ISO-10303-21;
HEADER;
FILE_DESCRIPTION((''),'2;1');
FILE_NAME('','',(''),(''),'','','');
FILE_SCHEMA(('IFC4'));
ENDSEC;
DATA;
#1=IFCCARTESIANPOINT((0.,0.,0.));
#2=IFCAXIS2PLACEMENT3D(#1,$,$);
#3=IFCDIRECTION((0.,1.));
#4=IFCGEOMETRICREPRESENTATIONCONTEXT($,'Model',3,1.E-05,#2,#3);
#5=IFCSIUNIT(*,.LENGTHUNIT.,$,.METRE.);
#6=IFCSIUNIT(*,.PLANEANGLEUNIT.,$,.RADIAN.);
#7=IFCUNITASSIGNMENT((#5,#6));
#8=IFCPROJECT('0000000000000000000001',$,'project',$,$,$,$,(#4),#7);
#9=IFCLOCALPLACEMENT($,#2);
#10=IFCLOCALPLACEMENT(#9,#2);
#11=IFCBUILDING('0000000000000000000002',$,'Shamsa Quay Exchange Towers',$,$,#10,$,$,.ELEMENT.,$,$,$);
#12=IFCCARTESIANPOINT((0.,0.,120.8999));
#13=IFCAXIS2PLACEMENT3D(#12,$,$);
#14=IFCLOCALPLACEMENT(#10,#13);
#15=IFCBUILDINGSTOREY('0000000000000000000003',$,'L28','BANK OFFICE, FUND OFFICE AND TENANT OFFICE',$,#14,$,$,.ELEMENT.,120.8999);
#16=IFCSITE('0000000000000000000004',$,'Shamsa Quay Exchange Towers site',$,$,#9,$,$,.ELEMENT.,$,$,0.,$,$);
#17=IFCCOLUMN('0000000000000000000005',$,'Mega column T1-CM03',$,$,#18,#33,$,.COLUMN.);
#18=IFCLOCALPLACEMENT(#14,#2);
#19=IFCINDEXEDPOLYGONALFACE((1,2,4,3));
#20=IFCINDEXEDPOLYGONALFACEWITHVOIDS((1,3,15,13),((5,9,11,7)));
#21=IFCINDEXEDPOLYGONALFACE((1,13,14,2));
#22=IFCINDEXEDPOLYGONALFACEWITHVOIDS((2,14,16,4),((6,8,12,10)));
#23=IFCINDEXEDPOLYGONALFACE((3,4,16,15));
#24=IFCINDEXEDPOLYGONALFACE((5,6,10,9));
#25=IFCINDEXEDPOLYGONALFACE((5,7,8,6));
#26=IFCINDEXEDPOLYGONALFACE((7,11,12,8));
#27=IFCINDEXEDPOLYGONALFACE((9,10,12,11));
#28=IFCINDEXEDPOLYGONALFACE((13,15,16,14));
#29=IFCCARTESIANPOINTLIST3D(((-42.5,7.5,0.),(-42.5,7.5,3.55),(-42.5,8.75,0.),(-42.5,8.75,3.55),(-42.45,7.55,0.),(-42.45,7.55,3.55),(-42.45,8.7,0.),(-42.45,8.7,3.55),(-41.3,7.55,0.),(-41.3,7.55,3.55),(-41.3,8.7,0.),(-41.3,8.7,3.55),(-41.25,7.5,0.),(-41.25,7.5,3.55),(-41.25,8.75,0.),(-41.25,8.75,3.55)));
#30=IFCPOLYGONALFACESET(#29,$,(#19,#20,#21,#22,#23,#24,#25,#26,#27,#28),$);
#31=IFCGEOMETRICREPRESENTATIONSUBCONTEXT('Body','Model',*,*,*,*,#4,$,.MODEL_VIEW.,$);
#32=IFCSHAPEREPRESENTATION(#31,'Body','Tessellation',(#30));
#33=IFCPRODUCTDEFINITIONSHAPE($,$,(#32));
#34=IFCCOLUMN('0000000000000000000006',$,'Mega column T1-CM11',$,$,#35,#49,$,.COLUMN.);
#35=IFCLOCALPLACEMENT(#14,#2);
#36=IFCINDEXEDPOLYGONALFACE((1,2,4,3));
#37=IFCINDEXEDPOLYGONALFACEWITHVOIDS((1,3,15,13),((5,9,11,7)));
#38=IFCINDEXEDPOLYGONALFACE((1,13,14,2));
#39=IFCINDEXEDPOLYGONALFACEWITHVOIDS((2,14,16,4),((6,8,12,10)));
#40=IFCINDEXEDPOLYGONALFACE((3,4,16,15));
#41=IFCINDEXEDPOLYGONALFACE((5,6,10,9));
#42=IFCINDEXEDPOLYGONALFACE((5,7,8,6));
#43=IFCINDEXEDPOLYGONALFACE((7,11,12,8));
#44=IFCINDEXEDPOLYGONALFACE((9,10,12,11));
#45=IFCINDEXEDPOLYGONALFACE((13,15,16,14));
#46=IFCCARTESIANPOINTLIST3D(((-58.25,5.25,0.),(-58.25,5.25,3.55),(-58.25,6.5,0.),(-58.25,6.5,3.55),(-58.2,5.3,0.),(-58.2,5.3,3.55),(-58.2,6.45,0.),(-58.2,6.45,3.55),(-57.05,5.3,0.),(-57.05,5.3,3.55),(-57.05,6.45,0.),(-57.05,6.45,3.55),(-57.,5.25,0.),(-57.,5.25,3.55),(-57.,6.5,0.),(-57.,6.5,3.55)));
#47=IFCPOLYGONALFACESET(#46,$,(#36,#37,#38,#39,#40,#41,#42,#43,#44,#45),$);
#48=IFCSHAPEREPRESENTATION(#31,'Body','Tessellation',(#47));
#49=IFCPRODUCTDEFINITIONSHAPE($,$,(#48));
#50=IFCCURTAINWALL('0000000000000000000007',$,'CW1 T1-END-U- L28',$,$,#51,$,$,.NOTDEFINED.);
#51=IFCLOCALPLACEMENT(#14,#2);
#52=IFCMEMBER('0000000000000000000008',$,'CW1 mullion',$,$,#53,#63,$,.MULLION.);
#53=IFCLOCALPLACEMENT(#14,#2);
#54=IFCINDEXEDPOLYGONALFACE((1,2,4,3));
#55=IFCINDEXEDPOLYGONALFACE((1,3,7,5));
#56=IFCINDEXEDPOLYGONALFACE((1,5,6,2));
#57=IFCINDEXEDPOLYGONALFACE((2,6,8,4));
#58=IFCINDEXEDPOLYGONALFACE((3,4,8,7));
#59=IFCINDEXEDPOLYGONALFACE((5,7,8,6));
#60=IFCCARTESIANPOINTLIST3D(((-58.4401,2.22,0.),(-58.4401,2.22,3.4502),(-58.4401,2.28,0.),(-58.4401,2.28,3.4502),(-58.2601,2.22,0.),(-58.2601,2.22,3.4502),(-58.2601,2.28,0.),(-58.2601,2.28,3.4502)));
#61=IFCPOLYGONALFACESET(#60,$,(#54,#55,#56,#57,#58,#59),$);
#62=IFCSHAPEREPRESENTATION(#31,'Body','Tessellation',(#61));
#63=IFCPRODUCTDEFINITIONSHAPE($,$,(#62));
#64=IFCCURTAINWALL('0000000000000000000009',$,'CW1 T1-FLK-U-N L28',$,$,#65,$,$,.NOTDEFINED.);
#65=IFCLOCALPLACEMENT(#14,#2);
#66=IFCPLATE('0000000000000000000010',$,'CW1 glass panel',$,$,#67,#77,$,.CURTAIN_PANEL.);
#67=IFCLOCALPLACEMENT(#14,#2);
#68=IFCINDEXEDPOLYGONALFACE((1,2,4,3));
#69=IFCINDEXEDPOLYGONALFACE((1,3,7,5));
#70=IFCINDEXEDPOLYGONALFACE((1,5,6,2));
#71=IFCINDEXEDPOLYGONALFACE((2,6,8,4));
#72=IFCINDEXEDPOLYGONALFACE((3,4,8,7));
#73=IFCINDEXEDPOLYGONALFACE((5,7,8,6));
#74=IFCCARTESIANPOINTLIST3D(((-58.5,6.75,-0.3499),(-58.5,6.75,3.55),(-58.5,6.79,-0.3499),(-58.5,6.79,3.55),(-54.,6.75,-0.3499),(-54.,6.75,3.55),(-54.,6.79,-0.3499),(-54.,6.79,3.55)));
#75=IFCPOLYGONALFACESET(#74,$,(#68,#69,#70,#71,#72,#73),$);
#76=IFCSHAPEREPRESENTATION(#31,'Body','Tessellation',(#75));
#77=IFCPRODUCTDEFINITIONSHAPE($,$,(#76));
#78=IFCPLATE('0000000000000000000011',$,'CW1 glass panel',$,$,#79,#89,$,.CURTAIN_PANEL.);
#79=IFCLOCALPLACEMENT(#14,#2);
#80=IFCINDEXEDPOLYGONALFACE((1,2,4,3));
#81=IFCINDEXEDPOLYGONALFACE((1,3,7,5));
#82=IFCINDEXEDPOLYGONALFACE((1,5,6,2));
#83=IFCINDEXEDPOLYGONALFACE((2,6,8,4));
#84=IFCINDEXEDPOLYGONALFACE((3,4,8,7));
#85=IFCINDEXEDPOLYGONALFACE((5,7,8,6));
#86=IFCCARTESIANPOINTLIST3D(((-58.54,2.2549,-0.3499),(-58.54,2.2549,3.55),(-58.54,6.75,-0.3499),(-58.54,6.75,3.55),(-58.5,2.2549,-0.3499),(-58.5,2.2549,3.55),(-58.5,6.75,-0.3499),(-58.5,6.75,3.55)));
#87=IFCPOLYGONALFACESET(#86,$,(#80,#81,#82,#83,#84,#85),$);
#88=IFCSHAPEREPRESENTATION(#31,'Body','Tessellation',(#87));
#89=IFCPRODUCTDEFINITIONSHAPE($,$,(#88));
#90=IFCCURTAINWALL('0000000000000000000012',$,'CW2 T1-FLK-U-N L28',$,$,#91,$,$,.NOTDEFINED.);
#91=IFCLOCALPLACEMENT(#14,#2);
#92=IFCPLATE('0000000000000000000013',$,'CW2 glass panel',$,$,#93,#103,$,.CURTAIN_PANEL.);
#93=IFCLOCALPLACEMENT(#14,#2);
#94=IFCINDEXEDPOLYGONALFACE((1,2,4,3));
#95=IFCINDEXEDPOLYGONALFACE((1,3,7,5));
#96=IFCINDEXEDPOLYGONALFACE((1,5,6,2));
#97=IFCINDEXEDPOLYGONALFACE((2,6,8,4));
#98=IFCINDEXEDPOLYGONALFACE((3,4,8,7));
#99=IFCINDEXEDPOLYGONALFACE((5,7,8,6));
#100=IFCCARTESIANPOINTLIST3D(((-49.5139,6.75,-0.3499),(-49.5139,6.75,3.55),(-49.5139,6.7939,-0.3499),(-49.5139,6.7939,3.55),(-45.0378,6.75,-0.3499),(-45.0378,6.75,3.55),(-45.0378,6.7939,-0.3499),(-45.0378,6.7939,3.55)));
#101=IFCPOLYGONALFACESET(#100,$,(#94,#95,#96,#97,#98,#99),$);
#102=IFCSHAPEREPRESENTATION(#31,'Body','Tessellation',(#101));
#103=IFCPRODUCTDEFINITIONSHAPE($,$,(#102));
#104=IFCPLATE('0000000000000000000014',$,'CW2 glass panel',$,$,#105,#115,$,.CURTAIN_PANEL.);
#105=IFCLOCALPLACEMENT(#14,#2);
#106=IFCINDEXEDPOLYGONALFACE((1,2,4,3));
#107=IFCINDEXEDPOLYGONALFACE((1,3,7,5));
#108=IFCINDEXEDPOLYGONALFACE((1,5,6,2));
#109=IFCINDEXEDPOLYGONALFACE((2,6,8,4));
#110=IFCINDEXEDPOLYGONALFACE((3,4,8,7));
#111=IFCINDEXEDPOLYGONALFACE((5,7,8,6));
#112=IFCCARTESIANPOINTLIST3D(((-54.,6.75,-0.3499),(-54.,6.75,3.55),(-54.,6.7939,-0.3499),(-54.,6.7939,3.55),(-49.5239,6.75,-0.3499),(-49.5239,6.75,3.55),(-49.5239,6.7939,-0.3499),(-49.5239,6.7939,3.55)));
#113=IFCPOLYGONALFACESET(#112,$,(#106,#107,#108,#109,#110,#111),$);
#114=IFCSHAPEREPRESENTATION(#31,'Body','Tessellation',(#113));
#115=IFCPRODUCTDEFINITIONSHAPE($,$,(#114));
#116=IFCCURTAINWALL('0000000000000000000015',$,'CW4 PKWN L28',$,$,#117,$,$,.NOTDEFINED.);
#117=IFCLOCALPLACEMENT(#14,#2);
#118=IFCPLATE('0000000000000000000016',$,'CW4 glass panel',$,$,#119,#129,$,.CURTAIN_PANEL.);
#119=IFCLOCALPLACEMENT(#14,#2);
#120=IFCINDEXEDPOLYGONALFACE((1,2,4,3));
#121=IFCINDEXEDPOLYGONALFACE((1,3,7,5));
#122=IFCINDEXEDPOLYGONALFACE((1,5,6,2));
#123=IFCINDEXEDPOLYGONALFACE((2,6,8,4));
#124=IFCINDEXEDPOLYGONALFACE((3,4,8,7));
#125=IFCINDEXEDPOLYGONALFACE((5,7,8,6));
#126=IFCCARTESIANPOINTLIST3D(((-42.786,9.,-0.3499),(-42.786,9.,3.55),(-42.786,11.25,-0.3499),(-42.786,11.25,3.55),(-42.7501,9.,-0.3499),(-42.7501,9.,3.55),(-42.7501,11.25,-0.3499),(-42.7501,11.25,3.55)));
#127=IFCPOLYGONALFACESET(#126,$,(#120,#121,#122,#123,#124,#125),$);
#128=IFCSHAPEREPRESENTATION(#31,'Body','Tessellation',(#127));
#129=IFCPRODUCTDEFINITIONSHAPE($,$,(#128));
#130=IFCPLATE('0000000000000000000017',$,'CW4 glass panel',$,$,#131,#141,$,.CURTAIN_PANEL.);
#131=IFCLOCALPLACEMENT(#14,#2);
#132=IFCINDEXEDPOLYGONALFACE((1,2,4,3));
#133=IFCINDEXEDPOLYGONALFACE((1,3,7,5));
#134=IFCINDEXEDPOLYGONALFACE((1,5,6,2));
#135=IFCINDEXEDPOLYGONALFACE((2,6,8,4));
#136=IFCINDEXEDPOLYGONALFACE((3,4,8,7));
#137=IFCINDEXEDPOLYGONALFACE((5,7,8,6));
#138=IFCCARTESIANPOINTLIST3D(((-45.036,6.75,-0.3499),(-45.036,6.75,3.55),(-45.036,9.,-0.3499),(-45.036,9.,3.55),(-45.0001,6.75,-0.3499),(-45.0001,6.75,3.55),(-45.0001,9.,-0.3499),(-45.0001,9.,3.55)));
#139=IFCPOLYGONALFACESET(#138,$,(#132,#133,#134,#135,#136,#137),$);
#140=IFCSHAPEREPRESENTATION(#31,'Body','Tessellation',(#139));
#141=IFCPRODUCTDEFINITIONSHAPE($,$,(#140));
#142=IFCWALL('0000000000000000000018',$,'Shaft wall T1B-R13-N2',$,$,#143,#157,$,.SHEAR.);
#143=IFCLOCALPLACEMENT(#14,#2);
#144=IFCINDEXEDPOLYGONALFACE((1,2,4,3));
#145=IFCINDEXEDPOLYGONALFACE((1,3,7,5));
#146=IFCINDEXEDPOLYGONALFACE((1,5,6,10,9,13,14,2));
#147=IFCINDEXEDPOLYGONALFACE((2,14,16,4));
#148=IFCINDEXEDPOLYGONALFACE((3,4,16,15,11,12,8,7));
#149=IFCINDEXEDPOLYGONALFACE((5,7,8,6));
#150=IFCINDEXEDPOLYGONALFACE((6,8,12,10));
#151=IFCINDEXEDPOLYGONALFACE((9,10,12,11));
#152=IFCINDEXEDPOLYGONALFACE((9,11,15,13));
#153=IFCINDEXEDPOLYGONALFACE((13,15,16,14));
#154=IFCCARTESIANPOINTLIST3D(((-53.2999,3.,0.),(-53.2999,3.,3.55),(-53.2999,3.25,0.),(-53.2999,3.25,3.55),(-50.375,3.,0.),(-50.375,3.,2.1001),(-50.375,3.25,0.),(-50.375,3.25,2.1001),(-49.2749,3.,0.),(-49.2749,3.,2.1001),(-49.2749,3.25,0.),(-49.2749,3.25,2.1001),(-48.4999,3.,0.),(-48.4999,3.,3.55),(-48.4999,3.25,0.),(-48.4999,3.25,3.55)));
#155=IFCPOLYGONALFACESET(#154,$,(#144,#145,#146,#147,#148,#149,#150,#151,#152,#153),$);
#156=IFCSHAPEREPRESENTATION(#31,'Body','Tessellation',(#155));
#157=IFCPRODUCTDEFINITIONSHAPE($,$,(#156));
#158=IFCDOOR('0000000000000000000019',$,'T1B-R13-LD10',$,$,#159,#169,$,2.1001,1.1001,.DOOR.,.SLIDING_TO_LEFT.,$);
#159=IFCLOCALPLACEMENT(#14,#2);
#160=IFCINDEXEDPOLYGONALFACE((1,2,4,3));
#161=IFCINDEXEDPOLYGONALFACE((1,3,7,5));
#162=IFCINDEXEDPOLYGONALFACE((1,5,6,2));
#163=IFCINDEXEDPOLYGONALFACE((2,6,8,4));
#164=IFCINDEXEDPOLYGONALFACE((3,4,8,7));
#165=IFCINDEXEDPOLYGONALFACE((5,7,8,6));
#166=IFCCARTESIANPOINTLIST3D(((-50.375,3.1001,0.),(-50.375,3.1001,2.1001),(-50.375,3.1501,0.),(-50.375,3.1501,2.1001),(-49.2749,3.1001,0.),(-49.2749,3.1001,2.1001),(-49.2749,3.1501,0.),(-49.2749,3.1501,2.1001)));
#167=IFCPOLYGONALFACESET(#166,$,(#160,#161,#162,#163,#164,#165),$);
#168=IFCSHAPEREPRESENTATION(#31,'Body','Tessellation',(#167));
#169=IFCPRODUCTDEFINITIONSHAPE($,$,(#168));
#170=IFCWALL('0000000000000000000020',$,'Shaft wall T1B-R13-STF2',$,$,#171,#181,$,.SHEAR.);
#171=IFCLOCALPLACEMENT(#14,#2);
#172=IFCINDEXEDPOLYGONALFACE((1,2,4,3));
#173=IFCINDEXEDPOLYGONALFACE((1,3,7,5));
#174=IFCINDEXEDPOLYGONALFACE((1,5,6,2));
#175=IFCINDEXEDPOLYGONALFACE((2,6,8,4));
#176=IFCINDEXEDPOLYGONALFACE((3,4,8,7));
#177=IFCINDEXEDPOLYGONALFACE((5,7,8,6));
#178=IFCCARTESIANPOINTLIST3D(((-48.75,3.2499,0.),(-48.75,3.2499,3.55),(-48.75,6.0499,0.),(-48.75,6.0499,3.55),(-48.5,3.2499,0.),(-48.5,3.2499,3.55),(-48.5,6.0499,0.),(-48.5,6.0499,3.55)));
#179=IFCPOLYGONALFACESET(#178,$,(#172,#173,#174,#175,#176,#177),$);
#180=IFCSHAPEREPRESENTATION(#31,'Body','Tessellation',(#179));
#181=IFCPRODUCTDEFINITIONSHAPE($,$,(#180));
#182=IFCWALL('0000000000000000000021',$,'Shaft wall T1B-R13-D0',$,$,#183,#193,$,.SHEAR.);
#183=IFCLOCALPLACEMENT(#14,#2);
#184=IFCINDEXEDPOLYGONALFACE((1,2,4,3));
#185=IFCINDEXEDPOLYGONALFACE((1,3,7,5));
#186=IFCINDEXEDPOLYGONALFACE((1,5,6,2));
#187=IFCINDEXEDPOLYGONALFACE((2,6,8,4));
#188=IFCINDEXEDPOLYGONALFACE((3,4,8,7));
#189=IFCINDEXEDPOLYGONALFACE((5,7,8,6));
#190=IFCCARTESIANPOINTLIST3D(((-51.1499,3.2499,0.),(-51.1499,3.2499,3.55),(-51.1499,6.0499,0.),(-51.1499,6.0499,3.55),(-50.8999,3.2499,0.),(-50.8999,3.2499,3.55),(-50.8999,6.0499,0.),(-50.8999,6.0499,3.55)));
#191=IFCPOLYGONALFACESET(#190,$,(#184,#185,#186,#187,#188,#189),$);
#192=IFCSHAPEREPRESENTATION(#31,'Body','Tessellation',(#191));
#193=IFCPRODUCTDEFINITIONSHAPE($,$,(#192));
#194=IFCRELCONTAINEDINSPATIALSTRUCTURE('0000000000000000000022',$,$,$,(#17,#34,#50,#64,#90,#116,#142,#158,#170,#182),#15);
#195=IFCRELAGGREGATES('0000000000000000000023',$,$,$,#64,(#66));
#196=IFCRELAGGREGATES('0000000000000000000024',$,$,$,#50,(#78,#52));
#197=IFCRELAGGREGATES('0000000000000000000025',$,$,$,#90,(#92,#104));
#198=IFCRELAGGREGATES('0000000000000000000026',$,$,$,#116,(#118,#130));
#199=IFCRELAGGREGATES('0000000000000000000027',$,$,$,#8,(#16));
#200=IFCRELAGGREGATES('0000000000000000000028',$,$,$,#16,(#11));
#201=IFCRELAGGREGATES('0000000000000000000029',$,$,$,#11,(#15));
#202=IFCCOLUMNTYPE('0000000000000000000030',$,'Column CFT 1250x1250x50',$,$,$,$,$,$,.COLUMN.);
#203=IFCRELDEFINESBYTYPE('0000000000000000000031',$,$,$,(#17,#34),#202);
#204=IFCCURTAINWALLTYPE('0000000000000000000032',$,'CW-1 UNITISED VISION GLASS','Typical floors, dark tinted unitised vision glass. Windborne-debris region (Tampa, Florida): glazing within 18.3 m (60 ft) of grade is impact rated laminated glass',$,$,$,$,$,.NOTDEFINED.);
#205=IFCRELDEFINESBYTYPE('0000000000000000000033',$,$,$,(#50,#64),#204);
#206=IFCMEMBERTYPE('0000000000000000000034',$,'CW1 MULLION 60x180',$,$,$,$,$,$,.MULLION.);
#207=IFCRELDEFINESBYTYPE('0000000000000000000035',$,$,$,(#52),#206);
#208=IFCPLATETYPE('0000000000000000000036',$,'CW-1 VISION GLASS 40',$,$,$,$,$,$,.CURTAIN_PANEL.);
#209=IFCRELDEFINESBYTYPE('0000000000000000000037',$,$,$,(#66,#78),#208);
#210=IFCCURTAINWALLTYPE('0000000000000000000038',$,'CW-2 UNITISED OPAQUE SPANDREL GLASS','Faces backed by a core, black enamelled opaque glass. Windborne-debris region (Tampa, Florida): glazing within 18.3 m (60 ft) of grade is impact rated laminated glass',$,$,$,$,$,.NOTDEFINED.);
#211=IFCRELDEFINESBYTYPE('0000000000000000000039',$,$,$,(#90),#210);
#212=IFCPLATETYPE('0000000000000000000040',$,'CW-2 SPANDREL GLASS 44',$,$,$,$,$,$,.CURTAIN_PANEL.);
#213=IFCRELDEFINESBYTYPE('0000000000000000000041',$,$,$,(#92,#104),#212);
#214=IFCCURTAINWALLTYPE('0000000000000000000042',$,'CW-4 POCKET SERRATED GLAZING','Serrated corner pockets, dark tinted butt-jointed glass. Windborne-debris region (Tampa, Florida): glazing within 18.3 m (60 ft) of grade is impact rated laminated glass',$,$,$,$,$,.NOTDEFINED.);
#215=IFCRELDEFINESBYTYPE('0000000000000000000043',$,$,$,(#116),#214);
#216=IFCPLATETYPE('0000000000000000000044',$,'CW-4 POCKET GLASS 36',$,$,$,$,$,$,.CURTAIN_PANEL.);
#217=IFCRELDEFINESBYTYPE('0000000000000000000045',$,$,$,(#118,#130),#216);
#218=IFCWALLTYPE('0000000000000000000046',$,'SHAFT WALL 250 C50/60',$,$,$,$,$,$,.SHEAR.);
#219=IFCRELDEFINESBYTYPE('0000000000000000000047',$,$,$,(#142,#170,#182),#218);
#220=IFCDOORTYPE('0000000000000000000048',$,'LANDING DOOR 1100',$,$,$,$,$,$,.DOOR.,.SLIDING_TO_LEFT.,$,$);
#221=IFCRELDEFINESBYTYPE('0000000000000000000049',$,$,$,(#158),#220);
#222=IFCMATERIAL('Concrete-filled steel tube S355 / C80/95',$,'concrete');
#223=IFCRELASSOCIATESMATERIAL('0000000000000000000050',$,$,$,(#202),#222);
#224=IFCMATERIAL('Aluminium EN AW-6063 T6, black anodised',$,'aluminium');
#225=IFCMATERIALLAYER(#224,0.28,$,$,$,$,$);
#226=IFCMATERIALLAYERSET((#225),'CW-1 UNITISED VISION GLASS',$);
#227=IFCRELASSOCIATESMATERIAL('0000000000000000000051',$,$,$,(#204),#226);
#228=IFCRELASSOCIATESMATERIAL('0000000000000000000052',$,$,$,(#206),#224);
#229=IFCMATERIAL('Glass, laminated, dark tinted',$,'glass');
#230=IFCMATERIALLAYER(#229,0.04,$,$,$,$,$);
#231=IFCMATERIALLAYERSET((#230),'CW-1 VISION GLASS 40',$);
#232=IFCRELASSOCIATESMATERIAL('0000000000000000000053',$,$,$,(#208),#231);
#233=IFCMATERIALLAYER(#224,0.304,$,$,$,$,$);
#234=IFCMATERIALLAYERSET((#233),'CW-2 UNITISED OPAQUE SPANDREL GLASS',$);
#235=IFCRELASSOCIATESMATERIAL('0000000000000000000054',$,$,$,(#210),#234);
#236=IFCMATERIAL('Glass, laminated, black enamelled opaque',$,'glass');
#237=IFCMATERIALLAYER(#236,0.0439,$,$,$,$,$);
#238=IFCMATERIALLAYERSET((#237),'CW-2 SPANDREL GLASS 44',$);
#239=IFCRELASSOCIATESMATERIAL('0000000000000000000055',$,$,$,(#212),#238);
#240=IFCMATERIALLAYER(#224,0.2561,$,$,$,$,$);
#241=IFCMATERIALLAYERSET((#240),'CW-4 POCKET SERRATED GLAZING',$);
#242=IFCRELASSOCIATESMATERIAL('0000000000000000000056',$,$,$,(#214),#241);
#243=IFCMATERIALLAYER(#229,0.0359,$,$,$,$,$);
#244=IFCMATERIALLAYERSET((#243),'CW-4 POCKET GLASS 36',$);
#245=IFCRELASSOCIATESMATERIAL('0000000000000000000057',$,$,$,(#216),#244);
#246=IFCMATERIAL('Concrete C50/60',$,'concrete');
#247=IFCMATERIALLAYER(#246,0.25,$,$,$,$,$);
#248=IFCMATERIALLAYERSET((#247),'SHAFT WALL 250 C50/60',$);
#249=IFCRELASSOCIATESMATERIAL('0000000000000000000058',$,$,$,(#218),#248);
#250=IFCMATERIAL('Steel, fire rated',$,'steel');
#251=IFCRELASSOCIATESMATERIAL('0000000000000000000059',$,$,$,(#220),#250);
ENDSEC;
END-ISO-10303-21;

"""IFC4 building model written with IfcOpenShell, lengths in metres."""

from ifc_helpers import new_model, si_unit, direction, frame, frame_2d, origin, origin_2d, place, context, subcontext, project, spatial, rectangle, hollow_rectangle, extrude, material, layer, layer_set, material_profile, profile_set, type_object, element, fill, aggregate, save


model = new_model("IFC4")

# Units and contexts
model_context = context("Model", 3, precision=1e-05, world=origin(), true_north=direction((0.0, 1.0)))
body_context = subcontext(model_context, "Body", "Model", "MODEL_VIEW")
ifc_project = project(units=[si_unit("LENGTHUNIT", "METRE"), si_unit("PLANEANGLEUNIT", "RADIAN")], contexts=[model_context])

# Site, building, storey
site_placement = place(None, origin())
site = spatial("IfcSite", under=ifc_project, at=site_placement, Name="Shamsa Quay Exchange Towers site", CompositionType="ELEMENT", RefElevation=0.0)
building_placement = place(site_placement, origin())
building = spatial("IfcBuilding", under=site, at=building_placement, Name="Shamsa Quay Exchange Towers", CompositionType="ELEMENT")
storey_placement = place(building_placement, frame((0.0, 0.0, 120.8999)))
storey = spatial("IfcBuildingStorey", under=building, at=storey_placement, Name="L28", Description="BANK OFFICE, FUND OFFICE AND TENANT OFFICE", CompositionType="ELEMENT", Elevation=120.8999)

# Columns
ifc_material_1 = material(Name="Concrete-filled steel tube S355 / C80/95", Category="concrete")
ifc_material_profile_1 = material_profile(ifc_material_1, hollow_rectangle(XDim=1.25, YDim=1.25, WallThickness=0.05, at=origin_2d()), Name="CFT 1250x1250x50")
ifc_profile_set_1 = profile_set([ifc_material_profile_1], Name="Concrete-filled steel tube S355 / C80/95")
column_type = type_object("IfcColumnType", Name="Column CFT 1250x1250x50", PredefinedType="COLUMN", material=ifc_profile_set_1)
for number, where, name in (
    (1, (-41.875, 8.125, 0.0), "Mega column T1-CM03"),
    (2, (-57.625, 5.875, 0.0), "Mega column T1-CM11"),
):
    element("IfcColumn", number, at=place(storey_placement, frame(where)), inside=storey, type_object=column_type, Name=name, PredefinedType="COLUMN", context=body_context, shape_type="SweptSolid", body=[
        extrude(hollow_rectangle(XDim=1.25, YDim=1.25, WallThickness=0.05, at=origin_2d()), origin(), (0.0, 0.0, 1.0), 3.55),
    ])

# Curtain wall, member
ifc_material_2 = material(Name="Aluminium EN AW-6063 T6, black anodised", Category="aluminium")
ifc_layer_1 = layer(ifc_material_2, 0.28)
ifc_layer_set_1 = layer_set([ifc_layer_1], Name="CW-1 UNITISED VISION GLASS")
curtain_wall_type_1 = type_object("IfcCurtainWallType", Name="CW-1 UNITISED VISION GLASS", Description="Typical floors, dark tinted unitised vision glass. Windborne-debris region (Tampa, Florida): glazing within 18.3 m (60 ft) of grade is impact rated laminated glass", PredefinedType="NOTDEFINED", material=ifc_layer_set_1)
curtain_wall_1_placement = place(storey_placement, origin())
curtain_wall_1 = element("IfcCurtainWall", 3, at=curtain_wall_1_placement, inside=storey, type_object=curtain_wall_type_1, Name="CW1 T1-END-U- L28", PredefinedType="NOTDEFINED")
ifc_material_profile_2 = material_profile(ifc_material_2, rectangle(XDim=0.1799, YDim=0.0601, at=origin_2d()), Name="MU60x180")
ifc_profile_set_2 = profile_set([ifc_material_profile_2], Name="Aluminium EN AW-6063 T6, black anodised")
member_type = type_object("IfcMemberType", Name="CW1 MULLION 60x180", PredefinedType="MULLION", material=ifc_profile_set_2)
member_placement = place(storey_placement, frame((-58.3501, 2.25, 0.0)))
member = element("IfcMember", 4, at=member_placement, type_object=member_type, Name="CW1 mullion", PredefinedType="MULLION", context=body_context, shape_type="SweptSolid", body=[
    extrude(rectangle(XDim=0.1799, YDim=0.0601, at=origin_2d()), origin(), (0.0, 0.0, 1.0), 3.4502),
])

# Curtain wall, plate
curtain_wall_2_placement = place(storey_placement, origin())
curtain_wall_2 = element("IfcCurtainWall", 5, at=curtain_wall_2_placement, inside=storey, type_object=curtain_wall_type_1, Name="CW1 T1-FLK-U-N L28", PredefinedType="NOTDEFINED")
ifc_material_3 = material(Name="Glass, laminated, dark tinted", Category="glass")
ifc_layer_2 = layer(ifc_material_3, 0.04)
ifc_layer_set_2 = layer_set([ifc_layer_2], Name="CW-1 VISION GLASS 40")
plate_type_1 = type_object("IfcPlateType", Name="CW-1 VISION GLASS 40", PredefinedType="CURTAIN_PANEL", material=ifc_layer_set_2)
plate_1_placement = place(storey_placement, frame((-56.25, 6.77, -0.3499), z_axis=(0.0, 0.0, 1.0), x_axis=(-1.0, 0.0, 0.0)))
plate_1 = element("IfcPlate", 6, at=plate_1_placement, type_object=plate_type_1, Name="CW1 glass panel", PredefinedType="CURTAIN_PANEL", context=body_context, shape_type="SweptSolid", body=[
    extrude(rectangle(XDim=4.5, YDim=0.04, at=origin_2d()), origin(), (0.0, 0.0, 1.0), 3.8999),
])
aggregate(curtain_wall_2, [plate_1])

# Plate
plate_2_placement = place(storey_placement, frame((-58.52, 4.5024, -0.3499), z_axis=(0.0, 0.0, 1.0), x_axis=(0.0, -1.0, 0.0)))
plate_2 = element("IfcPlate", 7, at=plate_2_placement, type_object=plate_type_1, Name="CW1 glass panel", PredefinedType="CURTAIN_PANEL", context=body_context, shape_type="SweptSolid", body=[
    extrude(rectangle(XDim=4.4951, YDim=0.04, at=origin_2d()), origin(), (0.0, 0.0, 1.0), 3.8999),
])
aggregate(curtain_wall_1, [plate_2, member])

# Curtain walls, plates
ifc_layer_3 = layer(ifc_material_2, 0.304)
ifc_layer_set_3 = layer_set([ifc_layer_3], Name="CW-2 UNITISED OPAQUE SPANDREL GLASS")
curtain_wall_type_2 = type_object("IfcCurtainWallType", Name="CW-2 UNITISED OPAQUE SPANDREL GLASS", Description="Faces backed by a core, black enamelled opaque glass. Windborne-debris region (Tampa, Florida): glazing within 18.3 m (60 ft) of grade is impact rated laminated glass", PredefinedType="NOTDEFINED", material=ifc_layer_set_3)
curtain_wall_3_placement = place(storey_placement, origin())
curtain_wall_3 = element("IfcCurtainWall", 8, at=curtain_wall_3_placement, inside=storey, type_object=curtain_wall_type_2, Name="CW2 T1-FLK-U-N L28", PredefinedType="NOTDEFINED")
ifc_material_4 = material(Name="Glass, laminated, black enamelled opaque", Category="glass")
ifc_layer_4 = layer(ifc_material_4, 0.0439)
ifc_layer_set_4 = layer_set([ifc_layer_4], Name="CW-2 SPANDREL GLASS 44")
plate_type_2 = type_object("IfcPlateType", Name="CW-2 SPANDREL GLASS 44", PredefinedType="CURTAIN_PANEL", material=ifc_layer_set_4)
plate_3_placement = place(storey_placement, frame((-47.2759, 6.772, -0.3499), z_axis=(0.0, 0.0, 1.0), x_axis=(-1.0, 0.0, 0.0)))
plate_3 = element("IfcPlate", 9, at=plate_3_placement, type_object=plate_type_2, Name="CW2 glass panel", PredefinedType="CURTAIN_PANEL", context=body_context, shape_type="SweptSolid", body=[
    extrude(rectangle(XDim=4.4761, YDim=0.0439, at=origin_2d()), origin(), (0.0, 0.0, 1.0), 3.8999),
])
plate_4_placement = place(storey_placement, frame((-51.762, 6.772, -0.3499), z_axis=(0.0, 0.0, 1.0), x_axis=(-1.0, 0.0, 0.0)))
plate_4 = element("IfcPlate", 10, at=plate_4_placement, type_object=plate_type_2, Name="CW2 glass panel", PredefinedType="CURTAIN_PANEL", context=body_context, shape_type="SweptSolid", body=[
    extrude(rectangle(XDim=4.4761, YDim=0.0439, at=origin_2d()), origin(), (0.0, 0.0, 1.0), 3.8999),
])
aggregate(curtain_wall_3, [plate_3, plate_4])
ifc_layer_5 = layer(ifc_material_2, 0.2561)
ifc_layer_set_5 = layer_set([ifc_layer_5], Name="CW-4 POCKET SERRATED GLAZING")
curtain_wall_type_3 = type_object("IfcCurtainWallType", Name="CW-4 POCKET SERRATED GLAZING", Description="Serrated corner pockets, dark tinted butt-jointed glass. Windborne-debris region (Tampa, Florida): glazing within 18.3 m (60 ft) of grade is impact rated laminated glass", PredefinedType="NOTDEFINED", material=ifc_layer_set_5)
curtain_wall_4_placement = place(storey_placement, origin())
curtain_wall_4 = element("IfcCurtainWall", 11, at=curtain_wall_4_placement, inside=storey, type_object=curtain_wall_type_3, Name="CW4 PKWN L28", PredefinedType="NOTDEFINED")
ifc_layer_6 = layer(ifc_material_3, 0.0359)
ifc_layer_set_6 = layer_set([ifc_layer_6], Name="CW-4 POCKET GLASS 36")
plate_type_3 = type_object("IfcPlateType", Name="CW-4 POCKET GLASS 36", PredefinedType="CURTAIN_PANEL", material=ifc_layer_set_6)
plate_5_placement = place(storey_placement, frame((-42.7681, 10.125, -0.3499), z_axis=(0.0, 0.0, 1.0), x_axis=(0.0, -1.0, 0.0)))
plate_5 = element("IfcPlate", 12, at=plate_5_placement, type_object=plate_type_3, Name="CW4 glass panel", PredefinedType="CURTAIN_PANEL", context=body_context, shape_type="SweptSolid", body=[
    extrude(rectangle(XDim=2.25, YDim=0.0359, at=origin_2d()), origin(), (0.0, 0.0, 1.0), 3.8999),
])
plate_6_placement = place(storey_placement, frame((-45.0181, 7.875, -0.3499), z_axis=(0.0, 0.0, 1.0), x_axis=(0.0, -1.0, 0.0)))
plate_6 = element("IfcPlate", 13, at=plate_6_placement, type_object=plate_type_3, Name="CW4 glass panel", PredefinedType="CURTAIN_PANEL", context=body_context, shape_type="SweptSolid", body=[
    extrude(rectangle(XDim=2.25, YDim=0.0359, at=origin_2d()), origin(), (0.0, 0.0, 1.0), 3.8999),
])
aggregate(curtain_wall_4, [plate_5, plate_6])

# Wall, opening, door
ifc_material_5 = material(Name="Concrete C50/60", Category="concrete")
ifc_layer_7 = layer(ifc_material_5, 0.25)
ifc_layer_set_7 = layer_set([ifc_layer_7], Name="SHAFT WALL 250 C50/60")
wall_type_1 = type_object("IfcWallType", Name="SHAFT WALL 250 C50/60", PredefinedType="SHEAR", material=ifc_layer_set_7)
wall_1_placement = place(storey_placement, frame((-48.5, 3.125, 0.0), z_axis=(0.0, 0.0, 1.0), x_axis=(-1.0, 0.0, 0.0)))
wall_1 = element("IfcWall", 14, at=wall_1_placement, inside=storey, type_object=wall_type_1, Name="Shaft wall T1B-R13-N2", PredefinedType="SHEAR", context=body_context, shape_type="SweptSolid", body=[
    extrude(rectangle(XDim=4.8, YDim=0.25, at=frame_2d((2.3999, 0.0))), origin(), (0.0, 0.0, 1.0), 3.55),
])
opening_1_placement = place(wall_1_placement, frame((0.7749, 0.0, 0.0)))
opening_1 = element("IfcOpeningElement", 15, at=opening_1_placement, cuts=wall_1, PredefinedType="OPENING", context=body_context, shape_type="SweptSolid", body=[
    extrude(rectangle(XDim=1.1001, YDim=2.1001, at=frame_2d((0.55, 1.05))), frame((0.0, 0.135, 0.0), z_axis=(0.0, -1.0, 0.0), x_axis=(1.0, 0.0, 0.0)), (0.0, 0.0, 1.0), 0.27),
])
ifc_material_6 = material(Name="Steel, fire rated", Category="steel")
door_type_1 = type_object("IfcDoorType", Name="LANDING DOOR 1100", OperationType="SLIDING_TO_LEFT", PredefinedType="DOOR", material=ifc_material_6)
door_1_placement = place(opening_1_placement, origin())
door_1 = element("IfcDoor", 16, at=door_1_placement, inside=storey, type_object=door_type_1, Name="T1B-R13-LD10", OperationType="SLIDING_TO_LEFT", OverallHeight=2.1001, OverallWidth=1.1001, PredefinedType="DOOR", context=body_context, shape_type="SweptSolid", body=[
    extrude(rectangle(XDim=1.1001, YDim=2.1001, at=frame_2d((0.55, 1.05))), frame((0.0, 0.0249, 0.0), z_axis=(0.0, -1.0, 0.0), x_axis=(1.0, 0.0, 0.0)), (0.0, 0.0, 1.0), 0.05),
])
fill(opening_1, door_1)

# Walls
for number, where, z_axis, x_axis, name in (
    (17, (-48.625, 3.25, 0.0), (0.0, 0.0, 1.0), (0.0, 1.0, 0.0), "Shaft wall T1B-R13-STF2"),
    (18, (-51.0249, 3.25, 0.0), (0.0, 0.0, 1.0), (0.0, 1.0, 0.0), "Shaft wall T1B-R13-D0"),
):
    element("IfcWall", number, at=place(storey_placement, frame(where, z_axis=z_axis, x_axis=x_axis)), inside=storey, type_object=wall_type_1, Name=name, PredefinedType="SHEAR", context=body_context, shape_type="SweptSolid", body=[
        extrude(rectangle(XDim=2.8, YDim=0.25, at=frame_2d((1.3999, 0.0))), origin(), (0.0, 0.0, 1.0), 3.55),
    ])

save(model, "model.ifc")
